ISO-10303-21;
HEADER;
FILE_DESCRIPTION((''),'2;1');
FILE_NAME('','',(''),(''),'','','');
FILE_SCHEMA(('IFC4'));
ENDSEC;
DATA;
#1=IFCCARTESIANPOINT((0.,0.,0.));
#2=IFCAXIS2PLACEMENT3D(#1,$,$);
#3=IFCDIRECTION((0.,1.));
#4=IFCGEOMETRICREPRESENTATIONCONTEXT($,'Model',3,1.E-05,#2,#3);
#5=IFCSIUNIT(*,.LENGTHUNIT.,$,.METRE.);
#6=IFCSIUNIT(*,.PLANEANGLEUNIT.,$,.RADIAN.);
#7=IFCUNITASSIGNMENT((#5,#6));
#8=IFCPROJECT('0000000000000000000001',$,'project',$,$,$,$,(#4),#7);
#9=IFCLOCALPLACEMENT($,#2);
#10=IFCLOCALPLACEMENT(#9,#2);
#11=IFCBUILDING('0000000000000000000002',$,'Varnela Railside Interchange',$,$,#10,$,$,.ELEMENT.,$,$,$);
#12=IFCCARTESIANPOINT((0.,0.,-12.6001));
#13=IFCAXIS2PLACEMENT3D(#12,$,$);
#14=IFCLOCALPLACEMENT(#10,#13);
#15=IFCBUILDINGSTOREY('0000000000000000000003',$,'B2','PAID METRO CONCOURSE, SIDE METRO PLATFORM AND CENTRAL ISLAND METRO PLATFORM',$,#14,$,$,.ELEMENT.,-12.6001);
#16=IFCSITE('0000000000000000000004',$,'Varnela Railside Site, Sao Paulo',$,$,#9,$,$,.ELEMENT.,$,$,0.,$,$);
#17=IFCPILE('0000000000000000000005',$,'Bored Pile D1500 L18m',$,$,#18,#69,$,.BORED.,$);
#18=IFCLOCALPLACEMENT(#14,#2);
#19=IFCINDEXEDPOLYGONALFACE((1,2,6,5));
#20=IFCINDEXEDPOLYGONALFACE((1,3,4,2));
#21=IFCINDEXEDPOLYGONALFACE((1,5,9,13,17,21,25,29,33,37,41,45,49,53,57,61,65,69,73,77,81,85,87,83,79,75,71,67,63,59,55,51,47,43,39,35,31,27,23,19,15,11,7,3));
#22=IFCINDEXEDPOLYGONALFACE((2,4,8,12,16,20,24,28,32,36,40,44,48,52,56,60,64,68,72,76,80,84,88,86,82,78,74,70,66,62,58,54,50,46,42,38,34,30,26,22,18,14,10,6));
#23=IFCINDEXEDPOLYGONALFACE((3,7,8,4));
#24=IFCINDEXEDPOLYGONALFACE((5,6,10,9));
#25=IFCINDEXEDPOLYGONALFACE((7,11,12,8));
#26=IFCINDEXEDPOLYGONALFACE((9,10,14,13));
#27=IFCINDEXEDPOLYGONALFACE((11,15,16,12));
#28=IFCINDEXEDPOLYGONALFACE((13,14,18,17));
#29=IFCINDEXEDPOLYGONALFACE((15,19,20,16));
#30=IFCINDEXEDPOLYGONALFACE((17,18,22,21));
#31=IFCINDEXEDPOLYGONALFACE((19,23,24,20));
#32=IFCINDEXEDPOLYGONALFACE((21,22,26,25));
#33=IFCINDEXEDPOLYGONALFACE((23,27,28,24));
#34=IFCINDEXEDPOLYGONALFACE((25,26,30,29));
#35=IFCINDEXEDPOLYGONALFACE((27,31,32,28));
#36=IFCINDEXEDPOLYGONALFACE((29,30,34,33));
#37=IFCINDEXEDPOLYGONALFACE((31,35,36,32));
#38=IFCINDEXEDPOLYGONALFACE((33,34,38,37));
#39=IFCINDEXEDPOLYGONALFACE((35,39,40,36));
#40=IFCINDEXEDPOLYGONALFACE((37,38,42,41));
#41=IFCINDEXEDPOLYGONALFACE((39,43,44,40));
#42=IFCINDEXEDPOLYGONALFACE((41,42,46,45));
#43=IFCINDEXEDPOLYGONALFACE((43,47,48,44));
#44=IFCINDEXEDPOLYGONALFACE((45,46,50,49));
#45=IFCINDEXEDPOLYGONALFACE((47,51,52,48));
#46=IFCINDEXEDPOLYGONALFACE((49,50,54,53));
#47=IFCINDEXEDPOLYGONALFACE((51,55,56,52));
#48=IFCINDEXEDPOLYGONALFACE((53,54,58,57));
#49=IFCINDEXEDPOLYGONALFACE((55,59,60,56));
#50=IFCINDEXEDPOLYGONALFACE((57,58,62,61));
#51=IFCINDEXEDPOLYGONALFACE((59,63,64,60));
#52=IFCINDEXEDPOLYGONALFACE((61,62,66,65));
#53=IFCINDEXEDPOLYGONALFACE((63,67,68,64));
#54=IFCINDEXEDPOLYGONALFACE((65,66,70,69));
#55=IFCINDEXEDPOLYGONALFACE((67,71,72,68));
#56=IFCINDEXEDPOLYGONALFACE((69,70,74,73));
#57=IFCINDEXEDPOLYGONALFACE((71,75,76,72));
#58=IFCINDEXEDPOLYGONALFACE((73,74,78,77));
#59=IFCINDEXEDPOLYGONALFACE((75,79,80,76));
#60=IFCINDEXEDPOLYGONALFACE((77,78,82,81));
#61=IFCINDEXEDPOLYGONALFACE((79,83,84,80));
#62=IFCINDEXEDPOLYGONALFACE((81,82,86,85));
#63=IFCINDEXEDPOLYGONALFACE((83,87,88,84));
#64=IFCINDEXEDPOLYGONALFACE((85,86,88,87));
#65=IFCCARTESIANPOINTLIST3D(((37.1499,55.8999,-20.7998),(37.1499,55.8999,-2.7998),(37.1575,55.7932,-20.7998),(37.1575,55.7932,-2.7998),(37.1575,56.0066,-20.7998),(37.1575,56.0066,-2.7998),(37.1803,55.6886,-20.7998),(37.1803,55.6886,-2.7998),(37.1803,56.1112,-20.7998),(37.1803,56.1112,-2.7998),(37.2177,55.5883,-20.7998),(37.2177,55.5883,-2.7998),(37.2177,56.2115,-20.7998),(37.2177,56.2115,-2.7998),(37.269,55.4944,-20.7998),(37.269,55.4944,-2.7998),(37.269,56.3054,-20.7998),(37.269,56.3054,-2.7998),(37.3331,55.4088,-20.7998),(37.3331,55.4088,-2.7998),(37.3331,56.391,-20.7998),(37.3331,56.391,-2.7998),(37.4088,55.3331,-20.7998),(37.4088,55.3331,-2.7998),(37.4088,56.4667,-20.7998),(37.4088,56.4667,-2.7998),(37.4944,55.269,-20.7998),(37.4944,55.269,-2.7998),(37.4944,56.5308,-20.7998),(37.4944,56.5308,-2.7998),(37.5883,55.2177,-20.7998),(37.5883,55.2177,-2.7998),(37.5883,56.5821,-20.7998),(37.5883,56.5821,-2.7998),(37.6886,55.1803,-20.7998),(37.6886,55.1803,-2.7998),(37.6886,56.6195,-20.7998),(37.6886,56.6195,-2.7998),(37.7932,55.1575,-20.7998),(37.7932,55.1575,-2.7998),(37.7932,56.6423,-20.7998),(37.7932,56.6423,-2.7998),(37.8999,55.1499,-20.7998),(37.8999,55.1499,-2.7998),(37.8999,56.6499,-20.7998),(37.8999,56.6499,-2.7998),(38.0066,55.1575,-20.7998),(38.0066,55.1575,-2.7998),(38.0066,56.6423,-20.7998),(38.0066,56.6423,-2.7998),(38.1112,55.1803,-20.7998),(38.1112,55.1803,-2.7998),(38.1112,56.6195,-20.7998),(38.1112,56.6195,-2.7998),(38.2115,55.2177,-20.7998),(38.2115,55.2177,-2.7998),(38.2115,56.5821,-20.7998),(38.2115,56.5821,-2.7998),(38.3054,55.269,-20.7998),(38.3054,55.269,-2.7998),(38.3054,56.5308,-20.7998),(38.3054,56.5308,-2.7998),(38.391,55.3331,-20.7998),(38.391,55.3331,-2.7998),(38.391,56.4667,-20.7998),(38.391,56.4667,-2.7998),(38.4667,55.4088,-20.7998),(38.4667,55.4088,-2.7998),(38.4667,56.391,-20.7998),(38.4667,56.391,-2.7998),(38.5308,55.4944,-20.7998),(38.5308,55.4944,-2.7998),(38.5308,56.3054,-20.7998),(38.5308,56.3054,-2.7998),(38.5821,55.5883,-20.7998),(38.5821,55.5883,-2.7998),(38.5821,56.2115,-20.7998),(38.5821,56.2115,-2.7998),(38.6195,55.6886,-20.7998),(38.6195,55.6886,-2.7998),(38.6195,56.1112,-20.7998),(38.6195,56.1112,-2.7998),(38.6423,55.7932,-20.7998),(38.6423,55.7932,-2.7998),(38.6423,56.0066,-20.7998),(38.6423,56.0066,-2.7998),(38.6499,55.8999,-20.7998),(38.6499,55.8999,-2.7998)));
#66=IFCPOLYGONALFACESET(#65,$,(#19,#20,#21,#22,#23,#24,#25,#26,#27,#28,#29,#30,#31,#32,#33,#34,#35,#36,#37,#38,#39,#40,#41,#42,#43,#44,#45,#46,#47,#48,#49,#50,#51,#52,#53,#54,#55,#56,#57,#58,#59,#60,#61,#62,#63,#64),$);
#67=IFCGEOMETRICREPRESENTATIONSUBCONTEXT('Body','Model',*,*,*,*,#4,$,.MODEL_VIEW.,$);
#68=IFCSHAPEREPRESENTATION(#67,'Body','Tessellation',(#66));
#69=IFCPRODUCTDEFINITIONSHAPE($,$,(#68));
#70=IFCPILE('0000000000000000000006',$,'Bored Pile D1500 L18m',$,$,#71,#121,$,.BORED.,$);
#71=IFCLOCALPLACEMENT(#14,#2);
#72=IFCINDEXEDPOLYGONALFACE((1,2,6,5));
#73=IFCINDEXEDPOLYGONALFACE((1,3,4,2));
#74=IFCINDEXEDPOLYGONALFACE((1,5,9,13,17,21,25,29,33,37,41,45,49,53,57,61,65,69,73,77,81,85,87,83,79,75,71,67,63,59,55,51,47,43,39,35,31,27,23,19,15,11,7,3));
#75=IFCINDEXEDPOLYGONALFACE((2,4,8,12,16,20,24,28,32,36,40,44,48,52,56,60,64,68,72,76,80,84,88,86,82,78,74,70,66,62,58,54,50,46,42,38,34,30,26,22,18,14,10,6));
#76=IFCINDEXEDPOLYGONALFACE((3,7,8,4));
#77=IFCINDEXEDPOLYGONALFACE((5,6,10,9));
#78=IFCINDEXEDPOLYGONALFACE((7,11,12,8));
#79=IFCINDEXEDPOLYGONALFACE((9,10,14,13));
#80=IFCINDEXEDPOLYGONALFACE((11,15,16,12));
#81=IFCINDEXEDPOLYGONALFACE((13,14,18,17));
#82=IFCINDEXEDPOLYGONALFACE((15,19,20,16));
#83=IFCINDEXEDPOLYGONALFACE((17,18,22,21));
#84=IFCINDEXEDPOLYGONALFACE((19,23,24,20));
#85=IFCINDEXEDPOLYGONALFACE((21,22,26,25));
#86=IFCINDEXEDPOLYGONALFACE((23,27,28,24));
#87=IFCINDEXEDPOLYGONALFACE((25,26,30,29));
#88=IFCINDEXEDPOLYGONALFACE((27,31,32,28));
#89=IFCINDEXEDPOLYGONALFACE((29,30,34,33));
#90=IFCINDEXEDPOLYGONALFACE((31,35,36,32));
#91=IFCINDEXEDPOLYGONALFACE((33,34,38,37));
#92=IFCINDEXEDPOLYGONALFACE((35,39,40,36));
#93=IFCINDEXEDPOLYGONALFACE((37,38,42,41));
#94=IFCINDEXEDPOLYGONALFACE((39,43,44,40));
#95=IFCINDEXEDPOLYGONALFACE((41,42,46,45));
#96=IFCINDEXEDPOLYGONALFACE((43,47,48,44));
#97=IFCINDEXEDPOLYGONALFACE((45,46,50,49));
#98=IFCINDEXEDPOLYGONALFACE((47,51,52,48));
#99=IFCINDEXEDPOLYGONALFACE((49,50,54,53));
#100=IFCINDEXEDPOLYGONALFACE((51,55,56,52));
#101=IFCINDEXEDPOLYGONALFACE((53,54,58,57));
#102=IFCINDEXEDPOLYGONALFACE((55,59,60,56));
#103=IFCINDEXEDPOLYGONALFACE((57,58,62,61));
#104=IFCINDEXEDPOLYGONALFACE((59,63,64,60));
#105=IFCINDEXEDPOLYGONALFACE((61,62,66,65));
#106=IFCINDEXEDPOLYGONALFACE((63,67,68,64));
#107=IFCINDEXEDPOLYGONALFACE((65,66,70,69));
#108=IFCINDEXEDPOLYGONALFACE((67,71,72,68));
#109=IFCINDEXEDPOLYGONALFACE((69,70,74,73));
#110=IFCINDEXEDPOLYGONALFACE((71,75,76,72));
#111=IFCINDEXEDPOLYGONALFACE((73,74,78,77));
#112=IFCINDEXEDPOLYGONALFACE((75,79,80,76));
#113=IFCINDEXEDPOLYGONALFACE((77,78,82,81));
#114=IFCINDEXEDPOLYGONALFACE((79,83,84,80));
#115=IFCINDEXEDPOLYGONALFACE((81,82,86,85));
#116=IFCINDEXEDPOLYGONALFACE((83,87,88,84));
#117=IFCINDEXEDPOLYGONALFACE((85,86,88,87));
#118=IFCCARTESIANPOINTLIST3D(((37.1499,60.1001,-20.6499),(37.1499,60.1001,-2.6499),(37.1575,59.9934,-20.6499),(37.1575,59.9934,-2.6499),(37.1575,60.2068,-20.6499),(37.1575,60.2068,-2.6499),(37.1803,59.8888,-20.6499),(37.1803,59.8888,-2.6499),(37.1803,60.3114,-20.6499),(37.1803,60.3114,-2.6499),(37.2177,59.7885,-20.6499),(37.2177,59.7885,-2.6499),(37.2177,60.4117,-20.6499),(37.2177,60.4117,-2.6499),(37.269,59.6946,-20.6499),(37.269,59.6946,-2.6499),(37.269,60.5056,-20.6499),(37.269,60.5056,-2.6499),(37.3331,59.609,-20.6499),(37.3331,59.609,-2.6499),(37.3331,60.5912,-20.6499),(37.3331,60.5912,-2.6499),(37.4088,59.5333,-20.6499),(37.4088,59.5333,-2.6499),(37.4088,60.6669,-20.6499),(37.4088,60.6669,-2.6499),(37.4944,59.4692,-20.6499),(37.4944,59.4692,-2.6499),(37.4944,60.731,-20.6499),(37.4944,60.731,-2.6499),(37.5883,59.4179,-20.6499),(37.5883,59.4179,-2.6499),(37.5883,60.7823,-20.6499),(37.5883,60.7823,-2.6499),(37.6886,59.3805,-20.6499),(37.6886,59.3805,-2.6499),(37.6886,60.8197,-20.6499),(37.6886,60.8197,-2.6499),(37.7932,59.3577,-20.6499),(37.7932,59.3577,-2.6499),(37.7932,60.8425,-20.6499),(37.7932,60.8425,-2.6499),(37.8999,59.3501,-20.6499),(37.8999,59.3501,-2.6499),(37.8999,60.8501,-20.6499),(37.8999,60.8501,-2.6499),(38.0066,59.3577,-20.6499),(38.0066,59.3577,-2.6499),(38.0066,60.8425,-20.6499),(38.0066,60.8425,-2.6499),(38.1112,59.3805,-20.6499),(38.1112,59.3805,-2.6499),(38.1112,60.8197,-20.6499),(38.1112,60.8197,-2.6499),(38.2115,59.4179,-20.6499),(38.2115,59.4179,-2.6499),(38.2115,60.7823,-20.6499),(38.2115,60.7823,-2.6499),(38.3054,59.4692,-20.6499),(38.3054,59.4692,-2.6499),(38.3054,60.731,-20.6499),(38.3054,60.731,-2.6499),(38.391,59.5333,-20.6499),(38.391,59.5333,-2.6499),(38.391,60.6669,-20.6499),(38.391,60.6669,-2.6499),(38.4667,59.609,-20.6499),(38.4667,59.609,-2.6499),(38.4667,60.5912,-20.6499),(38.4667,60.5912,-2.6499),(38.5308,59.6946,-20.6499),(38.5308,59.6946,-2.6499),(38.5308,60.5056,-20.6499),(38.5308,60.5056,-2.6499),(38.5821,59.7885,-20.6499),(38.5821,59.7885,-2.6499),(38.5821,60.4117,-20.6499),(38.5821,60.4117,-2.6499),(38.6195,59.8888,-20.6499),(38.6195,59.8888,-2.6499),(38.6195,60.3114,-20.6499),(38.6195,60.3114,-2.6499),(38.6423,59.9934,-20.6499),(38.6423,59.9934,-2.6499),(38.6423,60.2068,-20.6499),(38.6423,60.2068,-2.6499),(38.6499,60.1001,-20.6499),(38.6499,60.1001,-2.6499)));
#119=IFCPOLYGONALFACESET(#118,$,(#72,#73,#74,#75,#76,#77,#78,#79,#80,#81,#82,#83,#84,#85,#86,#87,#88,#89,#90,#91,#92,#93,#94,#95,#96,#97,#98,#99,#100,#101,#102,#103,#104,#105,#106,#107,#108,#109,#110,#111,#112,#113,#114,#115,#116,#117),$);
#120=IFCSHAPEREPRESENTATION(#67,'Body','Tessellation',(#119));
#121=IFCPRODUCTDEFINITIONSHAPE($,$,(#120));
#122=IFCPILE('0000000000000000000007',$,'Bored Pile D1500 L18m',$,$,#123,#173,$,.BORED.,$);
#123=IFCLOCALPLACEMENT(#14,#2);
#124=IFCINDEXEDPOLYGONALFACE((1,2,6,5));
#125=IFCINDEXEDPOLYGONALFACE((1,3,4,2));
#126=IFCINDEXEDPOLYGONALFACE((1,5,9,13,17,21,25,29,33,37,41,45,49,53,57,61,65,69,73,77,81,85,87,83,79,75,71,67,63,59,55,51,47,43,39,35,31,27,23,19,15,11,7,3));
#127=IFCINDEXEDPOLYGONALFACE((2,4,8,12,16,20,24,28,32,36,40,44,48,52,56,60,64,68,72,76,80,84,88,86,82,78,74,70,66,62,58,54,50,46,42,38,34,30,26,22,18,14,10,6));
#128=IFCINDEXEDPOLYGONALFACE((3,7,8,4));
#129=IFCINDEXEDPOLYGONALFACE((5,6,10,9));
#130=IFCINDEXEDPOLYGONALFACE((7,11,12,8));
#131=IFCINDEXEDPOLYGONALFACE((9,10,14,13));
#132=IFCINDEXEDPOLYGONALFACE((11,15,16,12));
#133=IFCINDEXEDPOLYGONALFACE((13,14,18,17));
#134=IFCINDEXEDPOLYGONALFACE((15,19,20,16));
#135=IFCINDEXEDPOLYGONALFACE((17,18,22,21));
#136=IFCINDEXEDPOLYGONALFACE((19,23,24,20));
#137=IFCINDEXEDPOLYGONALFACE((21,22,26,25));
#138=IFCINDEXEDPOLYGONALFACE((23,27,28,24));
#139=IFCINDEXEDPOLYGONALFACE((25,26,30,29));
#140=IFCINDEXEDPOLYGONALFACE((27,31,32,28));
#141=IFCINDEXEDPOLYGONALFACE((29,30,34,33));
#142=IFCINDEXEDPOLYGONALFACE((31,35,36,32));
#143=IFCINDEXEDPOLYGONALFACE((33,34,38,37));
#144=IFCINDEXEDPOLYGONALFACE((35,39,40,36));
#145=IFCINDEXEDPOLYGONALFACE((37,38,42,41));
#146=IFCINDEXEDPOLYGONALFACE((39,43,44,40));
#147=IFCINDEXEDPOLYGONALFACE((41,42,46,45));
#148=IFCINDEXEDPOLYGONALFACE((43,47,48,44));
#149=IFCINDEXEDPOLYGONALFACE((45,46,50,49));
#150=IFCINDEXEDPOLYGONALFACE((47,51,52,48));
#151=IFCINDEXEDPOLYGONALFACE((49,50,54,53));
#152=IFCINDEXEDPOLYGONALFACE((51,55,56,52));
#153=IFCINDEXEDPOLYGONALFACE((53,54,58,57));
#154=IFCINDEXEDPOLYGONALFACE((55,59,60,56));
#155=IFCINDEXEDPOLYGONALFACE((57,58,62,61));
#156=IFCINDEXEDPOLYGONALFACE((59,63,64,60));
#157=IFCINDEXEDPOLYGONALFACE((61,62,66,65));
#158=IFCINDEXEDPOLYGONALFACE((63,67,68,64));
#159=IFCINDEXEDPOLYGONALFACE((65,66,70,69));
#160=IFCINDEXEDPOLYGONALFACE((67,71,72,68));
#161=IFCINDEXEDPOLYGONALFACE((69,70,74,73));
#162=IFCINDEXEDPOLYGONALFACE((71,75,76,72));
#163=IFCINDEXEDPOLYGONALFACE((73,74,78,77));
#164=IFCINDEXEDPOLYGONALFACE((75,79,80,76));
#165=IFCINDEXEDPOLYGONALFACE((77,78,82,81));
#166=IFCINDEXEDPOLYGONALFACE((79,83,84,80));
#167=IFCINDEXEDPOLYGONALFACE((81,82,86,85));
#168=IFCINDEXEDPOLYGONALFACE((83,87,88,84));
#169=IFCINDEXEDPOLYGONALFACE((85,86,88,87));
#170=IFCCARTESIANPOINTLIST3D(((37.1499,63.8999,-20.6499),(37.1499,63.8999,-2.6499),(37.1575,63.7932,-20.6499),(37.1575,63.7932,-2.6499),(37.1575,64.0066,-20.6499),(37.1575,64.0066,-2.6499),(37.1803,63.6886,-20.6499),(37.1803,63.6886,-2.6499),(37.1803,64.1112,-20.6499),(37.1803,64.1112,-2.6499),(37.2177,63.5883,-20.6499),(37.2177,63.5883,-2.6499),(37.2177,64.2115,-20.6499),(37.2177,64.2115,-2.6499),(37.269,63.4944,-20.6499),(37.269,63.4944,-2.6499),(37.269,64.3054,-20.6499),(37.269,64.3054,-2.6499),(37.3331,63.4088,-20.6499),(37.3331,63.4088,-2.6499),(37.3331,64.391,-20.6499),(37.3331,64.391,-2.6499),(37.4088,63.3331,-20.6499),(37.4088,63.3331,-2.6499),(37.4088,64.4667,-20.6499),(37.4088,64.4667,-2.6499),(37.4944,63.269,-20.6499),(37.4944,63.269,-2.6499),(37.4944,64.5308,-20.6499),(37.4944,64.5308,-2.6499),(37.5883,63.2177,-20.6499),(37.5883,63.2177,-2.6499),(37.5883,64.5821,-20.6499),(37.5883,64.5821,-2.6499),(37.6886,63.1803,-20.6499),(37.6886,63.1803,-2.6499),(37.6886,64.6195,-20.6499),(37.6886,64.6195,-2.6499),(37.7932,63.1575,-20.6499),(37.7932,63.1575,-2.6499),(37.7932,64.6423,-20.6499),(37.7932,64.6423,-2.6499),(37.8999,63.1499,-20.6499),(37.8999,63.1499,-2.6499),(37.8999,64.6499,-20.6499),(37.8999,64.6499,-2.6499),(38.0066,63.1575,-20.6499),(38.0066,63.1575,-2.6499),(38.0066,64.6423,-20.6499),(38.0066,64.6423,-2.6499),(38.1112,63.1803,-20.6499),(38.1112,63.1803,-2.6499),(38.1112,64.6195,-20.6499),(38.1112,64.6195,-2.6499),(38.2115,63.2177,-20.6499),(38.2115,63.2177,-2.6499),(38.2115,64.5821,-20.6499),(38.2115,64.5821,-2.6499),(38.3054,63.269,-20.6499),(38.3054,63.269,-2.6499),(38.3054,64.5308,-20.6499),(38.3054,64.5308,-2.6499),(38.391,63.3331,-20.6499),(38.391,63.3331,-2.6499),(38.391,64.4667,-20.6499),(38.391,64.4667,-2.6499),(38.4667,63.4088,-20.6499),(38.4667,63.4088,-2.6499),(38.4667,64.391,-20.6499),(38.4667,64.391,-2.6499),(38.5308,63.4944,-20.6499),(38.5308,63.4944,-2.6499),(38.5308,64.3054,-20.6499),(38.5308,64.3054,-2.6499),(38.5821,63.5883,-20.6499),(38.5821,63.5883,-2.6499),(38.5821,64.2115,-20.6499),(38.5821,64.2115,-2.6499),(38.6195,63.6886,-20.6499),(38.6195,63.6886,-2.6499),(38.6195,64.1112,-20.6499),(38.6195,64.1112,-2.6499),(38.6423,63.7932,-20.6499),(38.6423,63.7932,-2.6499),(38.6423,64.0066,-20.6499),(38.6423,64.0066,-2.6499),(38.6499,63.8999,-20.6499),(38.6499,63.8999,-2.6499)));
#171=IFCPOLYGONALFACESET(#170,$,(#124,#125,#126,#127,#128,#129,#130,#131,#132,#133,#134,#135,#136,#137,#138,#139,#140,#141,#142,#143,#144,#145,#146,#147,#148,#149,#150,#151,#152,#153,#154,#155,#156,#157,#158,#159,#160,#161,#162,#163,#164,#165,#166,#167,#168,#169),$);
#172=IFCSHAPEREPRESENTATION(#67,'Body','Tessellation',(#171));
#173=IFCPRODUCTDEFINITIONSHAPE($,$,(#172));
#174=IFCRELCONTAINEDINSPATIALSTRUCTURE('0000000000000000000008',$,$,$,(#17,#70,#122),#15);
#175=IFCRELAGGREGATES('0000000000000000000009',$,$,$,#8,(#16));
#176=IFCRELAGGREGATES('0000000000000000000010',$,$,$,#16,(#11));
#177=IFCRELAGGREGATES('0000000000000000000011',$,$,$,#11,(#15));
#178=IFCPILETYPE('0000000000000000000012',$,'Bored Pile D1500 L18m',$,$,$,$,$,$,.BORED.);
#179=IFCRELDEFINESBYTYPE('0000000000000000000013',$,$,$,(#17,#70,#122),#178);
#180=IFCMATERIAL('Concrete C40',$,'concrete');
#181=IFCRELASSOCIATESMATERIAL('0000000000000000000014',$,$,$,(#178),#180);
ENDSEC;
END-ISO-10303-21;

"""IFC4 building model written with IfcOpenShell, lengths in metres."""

from ifc_helpers import new_model, si_unit, direction, frame, origin, origin_2d, place, context, subcontext, project, spatial, circle, extrude, material, material_profile, profile_set, type_object, element, save


model = new_model("IFC4")

# Units and contexts
model_context = context("Model", 3, precision=1e-05, world=origin(), true_north=direction((0.0, 1.0)))
body_context = subcontext(model_context, "Body", "Model", "MODEL_VIEW")
ifc_project = project(units=[si_unit("LENGTHUNIT", "METRE"), si_unit("PLANEANGLEUNIT", "RADIAN")], contexts=[model_context])

# Site, building, storey
site_placement = place(None, origin())
site = spatial("IfcSite", under=ifc_project, at=site_placement, Name="Varnela Railside Site, Sao Paulo", CompositionType="ELEMENT", RefElevation=0.0)
building_placement = place(site_placement, origin())
building = spatial("IfcBuilding", under=site, at=building_placement, Name="Varnela Railside Interchange", CompositionType="ELEMENT")
storey_placement = place(building_placement, frame((0.0, 0.0, -12.6001)))
storey = spatial("IfcBuildingStorey", under=building, at=storey_placement, Name="B2", Description="PAID METRO CONCOURSE, SIDE METRO PLATFORM AND CENTRAL ISLAND METRO PLATFORM", CompositionType="ELEMENT", Elevation=-12.6001)

# Piles
ifc_material_1 = material(Name="Concrete C40", Category="concrete")
ifc_material_profile_1 = material_profile(ifc_material_1, circle(Radius=0.75, at=origin_2d()), Name="BORED PILE D1500")
ifc_profile_set_1 = profile_set([ifc_material_profile_1], Name="Concrete C40")
pile_type_1 = type_object("IfcPileType", Name="Bored Pile D1500 L18m", PredefinedType="BORED", material=ifc_profile_set_1)
for number, where, z_axis, x_axis, name in (
    (1, (37.8999, 55.8999, -2.7998), (0.0, 0.0, -1.0), (1.0, 0.0, 0.0), "Bored Pile D1500 L18m"),
    (2, (37.8999, 60.1001, -2.6499), (0.0, 0.0, -1.0), (1.0, 0.0, 0.0), "Bored Pile D1500 L18m"),
    (3, (37.8999, 63.8999, -2.6499), (0.0, 0.0, -1.0), (1.0, 0.0, 0.0), "Bored Pile D1500 L18m"),
):
    element("IfcPile", number, at=place(storey_placement, frame(where, z_axis=z_axis, x_axis=x_axis)), inside=storey, type_object=pile_type_1, Name=name, PredefinedType="BORED", context=body_context, shape_type="SweptSolid", body=[
        extrude(circle(Radius=0.75, at=origin_2d()), origin(), (0.0, 0.0, 1.0), 18.0),
    ])

save(model, "model.ifc")
